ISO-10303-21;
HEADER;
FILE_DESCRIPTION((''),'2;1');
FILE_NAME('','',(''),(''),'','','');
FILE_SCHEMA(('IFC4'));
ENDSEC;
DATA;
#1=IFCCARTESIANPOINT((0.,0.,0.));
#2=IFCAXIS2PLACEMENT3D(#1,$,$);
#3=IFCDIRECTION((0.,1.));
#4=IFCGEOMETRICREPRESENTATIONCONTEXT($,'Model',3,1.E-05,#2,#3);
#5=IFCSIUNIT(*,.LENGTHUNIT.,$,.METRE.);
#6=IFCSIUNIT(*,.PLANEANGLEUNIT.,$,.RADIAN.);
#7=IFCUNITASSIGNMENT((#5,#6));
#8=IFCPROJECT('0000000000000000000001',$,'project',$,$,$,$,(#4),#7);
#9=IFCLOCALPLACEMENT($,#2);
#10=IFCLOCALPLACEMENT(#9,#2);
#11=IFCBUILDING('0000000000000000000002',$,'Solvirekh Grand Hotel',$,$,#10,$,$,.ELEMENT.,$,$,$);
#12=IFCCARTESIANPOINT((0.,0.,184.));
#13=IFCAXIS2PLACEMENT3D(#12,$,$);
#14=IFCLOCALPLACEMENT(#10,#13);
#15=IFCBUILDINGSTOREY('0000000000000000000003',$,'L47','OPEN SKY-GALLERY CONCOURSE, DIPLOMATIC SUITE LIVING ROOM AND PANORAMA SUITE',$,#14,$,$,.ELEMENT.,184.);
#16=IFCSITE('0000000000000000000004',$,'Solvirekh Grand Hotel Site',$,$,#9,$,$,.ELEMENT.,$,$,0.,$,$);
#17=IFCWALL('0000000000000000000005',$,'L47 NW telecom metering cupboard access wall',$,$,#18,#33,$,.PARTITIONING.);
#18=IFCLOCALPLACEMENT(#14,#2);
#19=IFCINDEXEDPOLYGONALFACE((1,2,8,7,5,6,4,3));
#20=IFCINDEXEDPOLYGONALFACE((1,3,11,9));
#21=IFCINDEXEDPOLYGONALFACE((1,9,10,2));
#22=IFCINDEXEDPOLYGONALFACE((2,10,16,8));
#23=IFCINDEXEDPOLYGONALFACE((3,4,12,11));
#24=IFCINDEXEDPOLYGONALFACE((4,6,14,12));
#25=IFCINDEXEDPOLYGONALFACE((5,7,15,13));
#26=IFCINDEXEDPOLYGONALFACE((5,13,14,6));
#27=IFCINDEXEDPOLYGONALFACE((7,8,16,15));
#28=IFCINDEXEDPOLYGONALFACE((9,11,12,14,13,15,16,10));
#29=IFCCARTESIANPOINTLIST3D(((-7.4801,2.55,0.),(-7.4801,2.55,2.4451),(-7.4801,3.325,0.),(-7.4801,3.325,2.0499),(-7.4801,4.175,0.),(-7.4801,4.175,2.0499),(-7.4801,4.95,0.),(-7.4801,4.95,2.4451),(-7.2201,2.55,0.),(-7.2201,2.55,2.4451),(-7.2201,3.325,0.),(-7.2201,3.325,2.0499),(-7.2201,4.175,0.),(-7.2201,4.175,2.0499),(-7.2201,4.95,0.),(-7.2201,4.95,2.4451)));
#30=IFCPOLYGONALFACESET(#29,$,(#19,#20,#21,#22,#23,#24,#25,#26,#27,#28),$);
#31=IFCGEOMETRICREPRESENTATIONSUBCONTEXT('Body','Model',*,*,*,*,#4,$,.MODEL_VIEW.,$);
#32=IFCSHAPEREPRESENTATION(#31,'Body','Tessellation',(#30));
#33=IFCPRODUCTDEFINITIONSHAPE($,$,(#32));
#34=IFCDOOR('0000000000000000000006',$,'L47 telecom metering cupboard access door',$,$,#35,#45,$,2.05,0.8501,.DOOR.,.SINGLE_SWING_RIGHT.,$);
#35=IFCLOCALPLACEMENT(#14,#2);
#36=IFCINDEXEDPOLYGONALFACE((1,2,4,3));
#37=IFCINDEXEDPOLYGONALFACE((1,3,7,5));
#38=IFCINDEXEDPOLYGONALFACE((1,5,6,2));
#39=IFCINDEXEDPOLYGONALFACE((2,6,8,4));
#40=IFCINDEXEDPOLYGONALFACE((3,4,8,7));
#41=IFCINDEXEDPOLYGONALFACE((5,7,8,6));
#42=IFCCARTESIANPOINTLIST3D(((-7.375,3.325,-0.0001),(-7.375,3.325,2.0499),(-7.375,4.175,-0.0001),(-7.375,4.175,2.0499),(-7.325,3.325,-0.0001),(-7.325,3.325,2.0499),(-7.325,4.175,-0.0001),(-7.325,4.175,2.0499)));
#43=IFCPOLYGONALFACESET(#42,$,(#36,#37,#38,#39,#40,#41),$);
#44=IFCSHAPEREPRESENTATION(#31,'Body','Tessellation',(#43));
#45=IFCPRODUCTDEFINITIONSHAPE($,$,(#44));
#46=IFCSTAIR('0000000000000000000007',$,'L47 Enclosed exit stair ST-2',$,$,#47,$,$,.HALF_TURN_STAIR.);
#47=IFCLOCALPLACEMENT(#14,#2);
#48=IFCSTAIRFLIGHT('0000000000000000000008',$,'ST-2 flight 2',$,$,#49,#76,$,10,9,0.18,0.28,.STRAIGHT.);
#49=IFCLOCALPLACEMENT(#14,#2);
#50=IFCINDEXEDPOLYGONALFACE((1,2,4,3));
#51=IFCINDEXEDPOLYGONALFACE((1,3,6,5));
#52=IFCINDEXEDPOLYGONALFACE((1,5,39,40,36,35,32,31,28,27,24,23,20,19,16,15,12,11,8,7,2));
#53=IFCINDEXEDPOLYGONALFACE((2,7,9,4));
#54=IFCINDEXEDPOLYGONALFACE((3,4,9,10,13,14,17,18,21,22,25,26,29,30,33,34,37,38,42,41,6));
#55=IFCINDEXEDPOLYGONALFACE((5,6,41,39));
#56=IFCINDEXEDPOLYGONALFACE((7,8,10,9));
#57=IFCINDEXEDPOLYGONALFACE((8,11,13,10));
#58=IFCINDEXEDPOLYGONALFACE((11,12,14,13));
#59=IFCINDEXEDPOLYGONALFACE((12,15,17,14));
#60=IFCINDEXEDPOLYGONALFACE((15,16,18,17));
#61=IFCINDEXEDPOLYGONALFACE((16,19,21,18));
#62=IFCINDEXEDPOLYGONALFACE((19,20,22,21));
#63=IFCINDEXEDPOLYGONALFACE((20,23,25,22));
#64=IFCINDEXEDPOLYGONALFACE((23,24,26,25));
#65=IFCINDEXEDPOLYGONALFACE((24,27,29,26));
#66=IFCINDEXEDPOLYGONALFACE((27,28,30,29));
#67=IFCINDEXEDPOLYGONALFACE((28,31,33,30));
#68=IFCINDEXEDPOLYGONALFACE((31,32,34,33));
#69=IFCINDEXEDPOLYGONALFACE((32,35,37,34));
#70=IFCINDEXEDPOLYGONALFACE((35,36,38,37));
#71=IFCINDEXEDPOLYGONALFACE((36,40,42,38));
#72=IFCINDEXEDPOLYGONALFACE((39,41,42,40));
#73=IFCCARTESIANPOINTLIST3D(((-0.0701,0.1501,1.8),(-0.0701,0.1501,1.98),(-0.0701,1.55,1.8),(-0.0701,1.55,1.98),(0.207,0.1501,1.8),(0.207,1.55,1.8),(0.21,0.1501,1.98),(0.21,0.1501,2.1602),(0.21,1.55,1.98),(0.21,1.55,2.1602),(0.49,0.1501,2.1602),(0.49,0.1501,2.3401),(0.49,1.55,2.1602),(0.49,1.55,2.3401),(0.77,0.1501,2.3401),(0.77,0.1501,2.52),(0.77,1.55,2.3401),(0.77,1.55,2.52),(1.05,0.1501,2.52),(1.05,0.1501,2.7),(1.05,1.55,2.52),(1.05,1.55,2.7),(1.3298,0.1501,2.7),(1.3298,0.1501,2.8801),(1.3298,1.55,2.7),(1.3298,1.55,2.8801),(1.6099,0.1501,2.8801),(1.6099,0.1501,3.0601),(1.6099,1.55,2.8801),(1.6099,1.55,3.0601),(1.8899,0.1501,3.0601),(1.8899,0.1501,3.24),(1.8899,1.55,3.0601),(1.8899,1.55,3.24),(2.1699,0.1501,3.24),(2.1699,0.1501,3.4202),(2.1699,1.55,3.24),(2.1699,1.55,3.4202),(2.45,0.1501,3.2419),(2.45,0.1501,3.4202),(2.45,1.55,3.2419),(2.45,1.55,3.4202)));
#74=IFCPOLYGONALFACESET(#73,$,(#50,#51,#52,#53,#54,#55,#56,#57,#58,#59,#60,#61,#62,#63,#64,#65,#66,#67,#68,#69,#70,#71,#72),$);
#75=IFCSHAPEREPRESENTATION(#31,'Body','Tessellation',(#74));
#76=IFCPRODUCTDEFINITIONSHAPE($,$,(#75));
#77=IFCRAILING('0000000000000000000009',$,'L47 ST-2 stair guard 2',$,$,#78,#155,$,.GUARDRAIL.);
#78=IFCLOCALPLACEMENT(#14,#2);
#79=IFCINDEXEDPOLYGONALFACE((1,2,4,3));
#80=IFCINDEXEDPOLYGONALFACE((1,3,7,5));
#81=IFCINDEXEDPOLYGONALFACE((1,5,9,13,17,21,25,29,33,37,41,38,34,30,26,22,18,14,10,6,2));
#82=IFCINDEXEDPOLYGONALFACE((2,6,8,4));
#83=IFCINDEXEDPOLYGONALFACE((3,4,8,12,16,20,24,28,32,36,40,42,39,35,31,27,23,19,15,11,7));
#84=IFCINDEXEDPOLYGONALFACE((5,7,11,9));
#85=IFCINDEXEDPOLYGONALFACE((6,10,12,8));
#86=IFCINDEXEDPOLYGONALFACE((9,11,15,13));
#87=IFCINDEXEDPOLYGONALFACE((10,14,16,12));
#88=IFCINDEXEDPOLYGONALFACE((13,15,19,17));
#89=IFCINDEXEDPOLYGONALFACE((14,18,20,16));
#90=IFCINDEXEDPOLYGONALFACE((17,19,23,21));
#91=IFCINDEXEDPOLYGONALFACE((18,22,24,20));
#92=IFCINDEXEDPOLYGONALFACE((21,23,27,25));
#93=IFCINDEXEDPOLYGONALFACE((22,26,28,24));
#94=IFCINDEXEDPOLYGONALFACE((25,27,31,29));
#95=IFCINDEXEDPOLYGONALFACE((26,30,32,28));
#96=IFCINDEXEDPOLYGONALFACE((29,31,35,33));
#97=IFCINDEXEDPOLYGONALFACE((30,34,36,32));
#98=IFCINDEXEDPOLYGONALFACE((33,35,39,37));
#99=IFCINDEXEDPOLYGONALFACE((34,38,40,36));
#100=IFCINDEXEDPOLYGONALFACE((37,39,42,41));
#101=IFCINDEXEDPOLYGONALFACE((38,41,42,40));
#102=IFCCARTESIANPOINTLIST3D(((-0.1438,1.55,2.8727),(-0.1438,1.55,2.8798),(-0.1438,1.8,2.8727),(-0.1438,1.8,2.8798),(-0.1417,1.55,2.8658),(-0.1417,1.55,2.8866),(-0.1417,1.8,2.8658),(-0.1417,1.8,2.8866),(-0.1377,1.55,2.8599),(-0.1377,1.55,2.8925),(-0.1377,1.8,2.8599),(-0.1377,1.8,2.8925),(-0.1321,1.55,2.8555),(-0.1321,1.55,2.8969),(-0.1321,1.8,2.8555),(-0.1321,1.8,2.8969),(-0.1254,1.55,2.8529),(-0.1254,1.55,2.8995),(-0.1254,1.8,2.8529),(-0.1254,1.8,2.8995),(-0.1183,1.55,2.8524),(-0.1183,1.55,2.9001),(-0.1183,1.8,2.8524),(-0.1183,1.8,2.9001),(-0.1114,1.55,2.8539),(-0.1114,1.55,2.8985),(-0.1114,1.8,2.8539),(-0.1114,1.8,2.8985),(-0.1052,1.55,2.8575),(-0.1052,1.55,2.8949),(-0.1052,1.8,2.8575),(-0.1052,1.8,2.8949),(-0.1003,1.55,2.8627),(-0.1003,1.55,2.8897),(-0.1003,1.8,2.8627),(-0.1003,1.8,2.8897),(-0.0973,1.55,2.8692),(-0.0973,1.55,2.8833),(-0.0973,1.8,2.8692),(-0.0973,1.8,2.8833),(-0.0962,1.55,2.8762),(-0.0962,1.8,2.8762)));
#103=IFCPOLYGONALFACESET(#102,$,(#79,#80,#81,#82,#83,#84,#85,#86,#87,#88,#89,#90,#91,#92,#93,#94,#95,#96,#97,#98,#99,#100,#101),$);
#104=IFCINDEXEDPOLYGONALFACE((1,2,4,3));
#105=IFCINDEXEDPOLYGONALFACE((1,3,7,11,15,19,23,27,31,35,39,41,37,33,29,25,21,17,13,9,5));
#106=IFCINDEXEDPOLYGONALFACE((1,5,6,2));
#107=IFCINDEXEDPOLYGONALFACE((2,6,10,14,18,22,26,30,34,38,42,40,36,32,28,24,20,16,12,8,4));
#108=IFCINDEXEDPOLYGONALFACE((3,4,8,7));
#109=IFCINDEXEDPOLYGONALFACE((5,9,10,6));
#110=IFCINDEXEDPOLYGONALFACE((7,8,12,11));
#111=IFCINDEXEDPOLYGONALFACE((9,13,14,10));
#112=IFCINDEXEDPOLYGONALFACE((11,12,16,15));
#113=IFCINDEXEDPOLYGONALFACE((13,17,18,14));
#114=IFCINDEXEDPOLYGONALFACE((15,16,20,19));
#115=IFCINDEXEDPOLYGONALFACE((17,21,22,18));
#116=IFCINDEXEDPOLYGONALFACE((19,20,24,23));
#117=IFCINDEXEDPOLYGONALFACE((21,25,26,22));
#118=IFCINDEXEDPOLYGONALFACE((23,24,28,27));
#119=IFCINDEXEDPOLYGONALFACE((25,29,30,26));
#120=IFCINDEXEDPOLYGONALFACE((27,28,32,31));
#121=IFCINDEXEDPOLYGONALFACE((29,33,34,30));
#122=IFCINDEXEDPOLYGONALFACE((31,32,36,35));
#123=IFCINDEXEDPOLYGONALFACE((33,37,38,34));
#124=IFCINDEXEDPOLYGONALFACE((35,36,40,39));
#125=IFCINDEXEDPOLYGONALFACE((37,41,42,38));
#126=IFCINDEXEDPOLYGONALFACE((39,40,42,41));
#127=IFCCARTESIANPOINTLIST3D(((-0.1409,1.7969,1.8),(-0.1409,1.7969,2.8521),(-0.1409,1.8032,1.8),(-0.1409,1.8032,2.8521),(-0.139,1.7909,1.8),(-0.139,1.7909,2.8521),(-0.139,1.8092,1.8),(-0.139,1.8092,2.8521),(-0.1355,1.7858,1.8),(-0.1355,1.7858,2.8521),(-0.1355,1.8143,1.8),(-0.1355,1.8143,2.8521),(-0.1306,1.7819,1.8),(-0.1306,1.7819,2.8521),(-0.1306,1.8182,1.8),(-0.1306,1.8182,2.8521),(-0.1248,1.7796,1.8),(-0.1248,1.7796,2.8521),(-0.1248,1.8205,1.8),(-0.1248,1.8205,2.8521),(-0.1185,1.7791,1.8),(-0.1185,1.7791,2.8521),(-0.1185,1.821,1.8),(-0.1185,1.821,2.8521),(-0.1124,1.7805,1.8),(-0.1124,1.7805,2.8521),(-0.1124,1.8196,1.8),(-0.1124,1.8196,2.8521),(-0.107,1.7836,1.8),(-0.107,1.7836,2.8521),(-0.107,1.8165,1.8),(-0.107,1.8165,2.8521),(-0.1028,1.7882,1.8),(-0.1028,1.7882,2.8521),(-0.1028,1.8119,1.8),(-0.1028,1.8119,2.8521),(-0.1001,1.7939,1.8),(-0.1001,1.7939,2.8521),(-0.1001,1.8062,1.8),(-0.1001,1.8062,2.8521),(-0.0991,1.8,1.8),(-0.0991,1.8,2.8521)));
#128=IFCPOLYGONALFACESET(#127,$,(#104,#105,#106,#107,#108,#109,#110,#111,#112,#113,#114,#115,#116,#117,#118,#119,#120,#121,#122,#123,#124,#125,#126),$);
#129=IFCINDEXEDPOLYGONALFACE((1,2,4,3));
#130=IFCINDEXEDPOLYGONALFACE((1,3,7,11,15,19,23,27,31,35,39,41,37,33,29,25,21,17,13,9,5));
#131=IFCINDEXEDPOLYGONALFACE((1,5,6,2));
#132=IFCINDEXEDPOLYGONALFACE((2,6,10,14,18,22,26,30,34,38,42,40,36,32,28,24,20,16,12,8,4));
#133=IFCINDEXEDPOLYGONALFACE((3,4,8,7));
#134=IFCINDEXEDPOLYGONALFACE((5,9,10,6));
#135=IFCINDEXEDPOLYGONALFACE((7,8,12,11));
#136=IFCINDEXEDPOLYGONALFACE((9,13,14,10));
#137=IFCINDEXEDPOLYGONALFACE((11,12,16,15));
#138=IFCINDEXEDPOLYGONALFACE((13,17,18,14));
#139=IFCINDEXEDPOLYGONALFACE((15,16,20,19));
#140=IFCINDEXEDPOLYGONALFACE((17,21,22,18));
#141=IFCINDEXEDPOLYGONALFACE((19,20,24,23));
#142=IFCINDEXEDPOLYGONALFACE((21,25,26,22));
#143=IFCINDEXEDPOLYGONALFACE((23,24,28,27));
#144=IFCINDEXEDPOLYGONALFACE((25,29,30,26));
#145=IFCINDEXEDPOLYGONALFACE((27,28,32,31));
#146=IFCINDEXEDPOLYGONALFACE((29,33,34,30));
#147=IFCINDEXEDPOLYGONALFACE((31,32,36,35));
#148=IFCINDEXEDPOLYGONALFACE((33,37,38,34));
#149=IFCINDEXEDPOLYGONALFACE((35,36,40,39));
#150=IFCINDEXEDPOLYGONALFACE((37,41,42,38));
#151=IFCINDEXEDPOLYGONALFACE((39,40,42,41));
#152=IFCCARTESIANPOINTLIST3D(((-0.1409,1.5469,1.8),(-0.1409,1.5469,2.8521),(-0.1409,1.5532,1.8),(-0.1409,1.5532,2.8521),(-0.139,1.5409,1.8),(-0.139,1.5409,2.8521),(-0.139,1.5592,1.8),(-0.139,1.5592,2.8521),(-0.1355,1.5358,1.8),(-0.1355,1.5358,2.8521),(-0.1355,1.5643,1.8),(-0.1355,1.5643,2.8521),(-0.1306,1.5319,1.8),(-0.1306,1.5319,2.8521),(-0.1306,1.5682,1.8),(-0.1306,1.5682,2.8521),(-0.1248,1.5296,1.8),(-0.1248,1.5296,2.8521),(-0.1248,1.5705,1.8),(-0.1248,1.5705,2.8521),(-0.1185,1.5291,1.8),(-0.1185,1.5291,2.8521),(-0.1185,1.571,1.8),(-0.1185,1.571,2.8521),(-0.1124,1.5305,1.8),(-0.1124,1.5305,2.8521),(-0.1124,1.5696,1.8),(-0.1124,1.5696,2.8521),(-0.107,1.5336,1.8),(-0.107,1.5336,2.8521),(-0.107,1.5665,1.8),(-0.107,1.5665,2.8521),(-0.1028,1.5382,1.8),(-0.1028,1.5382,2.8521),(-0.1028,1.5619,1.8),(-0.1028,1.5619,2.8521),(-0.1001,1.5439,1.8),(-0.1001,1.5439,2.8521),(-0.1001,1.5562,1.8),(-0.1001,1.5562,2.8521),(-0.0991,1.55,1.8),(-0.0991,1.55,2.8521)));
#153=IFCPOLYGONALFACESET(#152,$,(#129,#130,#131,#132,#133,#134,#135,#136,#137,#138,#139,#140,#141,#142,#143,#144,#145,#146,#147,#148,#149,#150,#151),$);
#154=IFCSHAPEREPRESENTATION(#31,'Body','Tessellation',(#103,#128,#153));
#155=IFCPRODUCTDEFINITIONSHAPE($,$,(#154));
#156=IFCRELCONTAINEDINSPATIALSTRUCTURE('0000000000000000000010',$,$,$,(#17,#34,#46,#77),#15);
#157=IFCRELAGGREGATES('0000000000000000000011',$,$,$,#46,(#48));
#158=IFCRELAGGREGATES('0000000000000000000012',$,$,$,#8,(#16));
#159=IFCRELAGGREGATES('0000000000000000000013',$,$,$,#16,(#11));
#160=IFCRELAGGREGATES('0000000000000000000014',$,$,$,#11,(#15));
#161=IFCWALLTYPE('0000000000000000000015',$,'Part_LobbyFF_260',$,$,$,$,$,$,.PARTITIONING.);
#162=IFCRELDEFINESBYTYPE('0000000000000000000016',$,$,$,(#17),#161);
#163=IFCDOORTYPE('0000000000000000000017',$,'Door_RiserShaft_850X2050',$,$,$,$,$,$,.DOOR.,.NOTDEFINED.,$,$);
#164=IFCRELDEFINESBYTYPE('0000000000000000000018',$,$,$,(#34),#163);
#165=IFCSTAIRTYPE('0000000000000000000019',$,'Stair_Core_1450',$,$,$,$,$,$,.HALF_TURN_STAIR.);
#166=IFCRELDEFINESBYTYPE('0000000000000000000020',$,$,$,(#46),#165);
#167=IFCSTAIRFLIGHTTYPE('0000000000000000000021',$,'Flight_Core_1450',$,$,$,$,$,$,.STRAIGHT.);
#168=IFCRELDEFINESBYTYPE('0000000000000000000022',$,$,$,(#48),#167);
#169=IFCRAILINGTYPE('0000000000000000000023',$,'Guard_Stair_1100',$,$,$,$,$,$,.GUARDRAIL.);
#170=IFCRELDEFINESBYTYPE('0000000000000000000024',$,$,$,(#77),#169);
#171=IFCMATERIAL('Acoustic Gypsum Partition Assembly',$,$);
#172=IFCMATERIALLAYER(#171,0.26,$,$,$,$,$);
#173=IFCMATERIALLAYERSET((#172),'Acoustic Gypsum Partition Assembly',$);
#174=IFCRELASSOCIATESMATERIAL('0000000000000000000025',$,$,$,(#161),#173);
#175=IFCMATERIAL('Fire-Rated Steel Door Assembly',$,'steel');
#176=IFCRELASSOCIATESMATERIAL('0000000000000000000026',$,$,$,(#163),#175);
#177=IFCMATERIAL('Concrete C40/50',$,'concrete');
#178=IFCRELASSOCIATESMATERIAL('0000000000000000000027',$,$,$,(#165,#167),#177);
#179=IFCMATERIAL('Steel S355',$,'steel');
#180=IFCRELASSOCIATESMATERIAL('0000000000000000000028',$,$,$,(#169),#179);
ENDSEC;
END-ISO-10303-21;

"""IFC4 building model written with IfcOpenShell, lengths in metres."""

from ifc_helpers import new_model, si_unit, direction, frame, frame_2d, origin, origin_2d, place, context, subcontext, project, spatial, polyline, rectangle, circle, outline, extrude, material, layer, layer_set, type_object, element, fill, aggregate, save


model = new_model("IFC4")

# Units and contexts
model_context = context("Model", 3, precision=1e-05, world=origin(), true_north=direction((0.0, 1.0)))
body_context = subcontext(model_context, "Body", "Model", "MODEL_VIEW")
ifc_project = project(units=[si_unit("LENGTHUNIT", "METRE"), si_unit("PLANEANGLEUNIT", "RADIAN")], contexts=[model_context])

# Site, building, storey
site_placement = place(None, origin())
site = spatial("IfcSite", under=ifc_project, at=site_placement, Name="Solvirekh Grand Hotel Site", CompositionType="ELEMENT", RefElevation=0.0)
building_placement = place(site_placement, origin())
building = spatial("IfcBuilding", under=site, at=building_placement, Name="Solvirekh Grand Hotel", CompositionType="ELEMENT")
storey_placement = place(building_placement, frame((0.0, 0.0, 184.0)))
storey = spatial("IfcBuildingStorey", under=building, at=storey_placement, Name="L47", Description="OPEN SKY-GALLERY CONCOURSE, DIPLOMATIC SUITE LIVING ROOM AND PANORAMA SUITE", CompositionType="ELEMENT", Elevation=184.0)

# Shared definitions
ifc_material_1 = material(Name="Concrete C40/50", Category="concrete")
ifc_material_2 = material(Name="Fire-Rated Steel Door Assembly", Category="steel")

# Shared definitions
ifc_material_3 = material(Name="Acoustic Gypsum Partition Assembly")
ifc_layer_1 = layer(ifc_material_3, 0.26)
ifc_layer_set_1 = layer_set([ifc_layer_1], Name="Acoustic Gypsum Partition Assembly")
wall_type_1 = type_object("IfcWallType", Name="Part_LobbyFF_260", PredefinedType="PARTITIONING", material=ifc_layer_set_1)

# Wall, opening, door
wall_1_placement = place(storey_placement, frame((-7.3501, 2.55, 0.0), z_axis=(0.0, 0.0, 1.0), x_axis=(0.0, 1.0, 0.0)))
wall_1 = element("IfcWall", 1, at=wall_1_placement, inside=storey, type_object=wall_type_1, Name="L47 NW telecom metering cupboard access wall", PredefinedType="PARTITIONING", context=body_context, shape_type="SweptSolid", body=[
    extrude(rectangle(XDim=2.3999, YDim=0.26, at=frame_2d((1.2, 0.0))), origin(), (0.0, 0.0, 1.0), 2.4451),
])
opening_1_placement = place(wall_1_placement, frame((0.7749, 0.0, 0.0)))
opening_1 = element("IfcOpeningElement", 2, at=opening_1_placement, cuts=wall_1, PredefinedType="OPENING", context=body_context, shape_type="SweptSolid", body=[
    extrude(rectangle(XDim=0.8501, YDim=2.05, at=frame_2d((0.425, 1.0249))), frame((0.0, 0.1401, 0.0), z_axis=(0.0, -1.0, 0.0), x_axis=(1.0, 0.0, 0.0)), (0.0, 0.0, 1.0), 0.28),
])
door_type_1 = type_object("IfcDoorType", Name="Door_RiserShaft_850X2050", OperationType="NOTDEFINED", PredefinedType="DOOR", material=ifc_material_2)
door_1_placement = place(opening_1_placement, origin())
door_1 = element("IfcDoor", 3, at=door_1_placement, inside=storey, type_object=door_type_1, Name="L47 telecom metering cupboard access door", OperationType="SINGLE_SWING_RIGHT", OverallHeight=2.05, OverallWidth=0.8501, PredefinedType="DOOR", context=body_context, shape_type="SweptSolid", body=[
    extrude(rectangle(XDim=0.8501, YDim=2.05, at=frame_2d((0.425, 1.0249))), frame((0.0, 0.0249, 0.0), z_axis=(0.0, -1.0, 0.0), x_axis=(1.0, 0.0, 0.0)), (0.0, 0.0, 1.0), 0.05),
])
fill(opening_1, door_1)

# Stair, stair flight
stair_type = type_object("IfcStairType", Name="Stair_Core_1450", PredefinedType="HALF_TURN_STAIR", material=ifc_material_1)
stair_placement = place(storey_placement, origin())
stair = element("IfcStair", 4, at=stair_placement, inside=storey, type_object=stair_type, Name="L47 Enclosed exit stair ST-2", PredefinedType="HALF_TURN_STAIR")
stair_flight_type = type_object("IfcStairFlightType", Name="Flight_Core_1450", PredefinedType="STRAIGHT", material=ifc_material_1)
stair_flight_placement = place(storey_placement, frame((-0.0701, 0.8501, 1.8), z_axis=(0.0, 0.0, 1.0), x_axis=(1.0, 0.0, 0.0)))
stair_flight = element("IfcStairFlight", 5, at=stair_flight_placement, type_object=stair_flight_type, Name="ST-2 flight 2", NumberOfRisers=10, NumberOfTreads=9, PredefinedType="STRAIGHT", RiserHeight=0.18, TreadLength=0.28, context=body_context, shape_type="SweptSolid", body=[
    extrude(outline(polyline([(0.0, 0.0), (0.0, 0.1799), (0.28, 0.1799), (0.28, 0.3601), (0.5601, 0.3601), (0.5601, 0.54), (0.8401, 0.54), (0.8401, 0.72), (1.1201, 0.72), (1.1201, 0.8999), (1.3999, 0.8999), (1.3999, 1.0801), (1.6799, 1.0801), (1.6799, 1.26), (1.96, 1.26), (1.96, 1.4399), (2.24, 1.4399), (2.24, 1.6201), (2.52, 1.6201), (2.52, 1.8), (2.52, 1.4419), (0.2771, 0.0), (0.0, 0.0)])), frame((0.0, 0.7, 0.0), z_axis=(0.0, -1.0, 0.0), x_axis=(1.0, 0.0, 0.0)), (0.0, 0.0, 1.0), 1.3999),
])
aggregate(stair, [stair_flight])

# Railing
ifc_material_4 = material(Name="Steel S355", Category="steel")
railing_type_1 = type_object("IfcRailingType", Name="Guard_Stair_1100", PredefinedType="GUARDRAIL", material=ifc_material_4)
railing_1_placement = place(storey_placement, frame((-0.1201, 1.8, 1.8)))
element("IfcRailing", 6, at=railing_1_placement, inside=storey, type_object=railing_type_1, Name="L47 ST-2 stair guard 2", PredefinedType="GUARDRAIL", context=body_context, shape_type="SweptSolid", body=[
    extrude(circle(Radius=0.0239, at=origin_2d()), frame((0.0, 0.0, 1.0762), z_axis=(0.0, -1.0, 0.0), x_axis=(1.0, 0.0, 0.0)), (0.0, 0.0, 1.0), 0.25),
    extrude(circle(Radius=0.021, at=origin_2d()), origin(), (0.0, 0.0, 1.0), 1.052),
    extrude(circle(Radius=0.021, at=origin_2d()), frame((0.0, -0.25, 0.0)), (0.0, 0.0, 1.0), 1.052),
])

save(model, "model.ifc")
